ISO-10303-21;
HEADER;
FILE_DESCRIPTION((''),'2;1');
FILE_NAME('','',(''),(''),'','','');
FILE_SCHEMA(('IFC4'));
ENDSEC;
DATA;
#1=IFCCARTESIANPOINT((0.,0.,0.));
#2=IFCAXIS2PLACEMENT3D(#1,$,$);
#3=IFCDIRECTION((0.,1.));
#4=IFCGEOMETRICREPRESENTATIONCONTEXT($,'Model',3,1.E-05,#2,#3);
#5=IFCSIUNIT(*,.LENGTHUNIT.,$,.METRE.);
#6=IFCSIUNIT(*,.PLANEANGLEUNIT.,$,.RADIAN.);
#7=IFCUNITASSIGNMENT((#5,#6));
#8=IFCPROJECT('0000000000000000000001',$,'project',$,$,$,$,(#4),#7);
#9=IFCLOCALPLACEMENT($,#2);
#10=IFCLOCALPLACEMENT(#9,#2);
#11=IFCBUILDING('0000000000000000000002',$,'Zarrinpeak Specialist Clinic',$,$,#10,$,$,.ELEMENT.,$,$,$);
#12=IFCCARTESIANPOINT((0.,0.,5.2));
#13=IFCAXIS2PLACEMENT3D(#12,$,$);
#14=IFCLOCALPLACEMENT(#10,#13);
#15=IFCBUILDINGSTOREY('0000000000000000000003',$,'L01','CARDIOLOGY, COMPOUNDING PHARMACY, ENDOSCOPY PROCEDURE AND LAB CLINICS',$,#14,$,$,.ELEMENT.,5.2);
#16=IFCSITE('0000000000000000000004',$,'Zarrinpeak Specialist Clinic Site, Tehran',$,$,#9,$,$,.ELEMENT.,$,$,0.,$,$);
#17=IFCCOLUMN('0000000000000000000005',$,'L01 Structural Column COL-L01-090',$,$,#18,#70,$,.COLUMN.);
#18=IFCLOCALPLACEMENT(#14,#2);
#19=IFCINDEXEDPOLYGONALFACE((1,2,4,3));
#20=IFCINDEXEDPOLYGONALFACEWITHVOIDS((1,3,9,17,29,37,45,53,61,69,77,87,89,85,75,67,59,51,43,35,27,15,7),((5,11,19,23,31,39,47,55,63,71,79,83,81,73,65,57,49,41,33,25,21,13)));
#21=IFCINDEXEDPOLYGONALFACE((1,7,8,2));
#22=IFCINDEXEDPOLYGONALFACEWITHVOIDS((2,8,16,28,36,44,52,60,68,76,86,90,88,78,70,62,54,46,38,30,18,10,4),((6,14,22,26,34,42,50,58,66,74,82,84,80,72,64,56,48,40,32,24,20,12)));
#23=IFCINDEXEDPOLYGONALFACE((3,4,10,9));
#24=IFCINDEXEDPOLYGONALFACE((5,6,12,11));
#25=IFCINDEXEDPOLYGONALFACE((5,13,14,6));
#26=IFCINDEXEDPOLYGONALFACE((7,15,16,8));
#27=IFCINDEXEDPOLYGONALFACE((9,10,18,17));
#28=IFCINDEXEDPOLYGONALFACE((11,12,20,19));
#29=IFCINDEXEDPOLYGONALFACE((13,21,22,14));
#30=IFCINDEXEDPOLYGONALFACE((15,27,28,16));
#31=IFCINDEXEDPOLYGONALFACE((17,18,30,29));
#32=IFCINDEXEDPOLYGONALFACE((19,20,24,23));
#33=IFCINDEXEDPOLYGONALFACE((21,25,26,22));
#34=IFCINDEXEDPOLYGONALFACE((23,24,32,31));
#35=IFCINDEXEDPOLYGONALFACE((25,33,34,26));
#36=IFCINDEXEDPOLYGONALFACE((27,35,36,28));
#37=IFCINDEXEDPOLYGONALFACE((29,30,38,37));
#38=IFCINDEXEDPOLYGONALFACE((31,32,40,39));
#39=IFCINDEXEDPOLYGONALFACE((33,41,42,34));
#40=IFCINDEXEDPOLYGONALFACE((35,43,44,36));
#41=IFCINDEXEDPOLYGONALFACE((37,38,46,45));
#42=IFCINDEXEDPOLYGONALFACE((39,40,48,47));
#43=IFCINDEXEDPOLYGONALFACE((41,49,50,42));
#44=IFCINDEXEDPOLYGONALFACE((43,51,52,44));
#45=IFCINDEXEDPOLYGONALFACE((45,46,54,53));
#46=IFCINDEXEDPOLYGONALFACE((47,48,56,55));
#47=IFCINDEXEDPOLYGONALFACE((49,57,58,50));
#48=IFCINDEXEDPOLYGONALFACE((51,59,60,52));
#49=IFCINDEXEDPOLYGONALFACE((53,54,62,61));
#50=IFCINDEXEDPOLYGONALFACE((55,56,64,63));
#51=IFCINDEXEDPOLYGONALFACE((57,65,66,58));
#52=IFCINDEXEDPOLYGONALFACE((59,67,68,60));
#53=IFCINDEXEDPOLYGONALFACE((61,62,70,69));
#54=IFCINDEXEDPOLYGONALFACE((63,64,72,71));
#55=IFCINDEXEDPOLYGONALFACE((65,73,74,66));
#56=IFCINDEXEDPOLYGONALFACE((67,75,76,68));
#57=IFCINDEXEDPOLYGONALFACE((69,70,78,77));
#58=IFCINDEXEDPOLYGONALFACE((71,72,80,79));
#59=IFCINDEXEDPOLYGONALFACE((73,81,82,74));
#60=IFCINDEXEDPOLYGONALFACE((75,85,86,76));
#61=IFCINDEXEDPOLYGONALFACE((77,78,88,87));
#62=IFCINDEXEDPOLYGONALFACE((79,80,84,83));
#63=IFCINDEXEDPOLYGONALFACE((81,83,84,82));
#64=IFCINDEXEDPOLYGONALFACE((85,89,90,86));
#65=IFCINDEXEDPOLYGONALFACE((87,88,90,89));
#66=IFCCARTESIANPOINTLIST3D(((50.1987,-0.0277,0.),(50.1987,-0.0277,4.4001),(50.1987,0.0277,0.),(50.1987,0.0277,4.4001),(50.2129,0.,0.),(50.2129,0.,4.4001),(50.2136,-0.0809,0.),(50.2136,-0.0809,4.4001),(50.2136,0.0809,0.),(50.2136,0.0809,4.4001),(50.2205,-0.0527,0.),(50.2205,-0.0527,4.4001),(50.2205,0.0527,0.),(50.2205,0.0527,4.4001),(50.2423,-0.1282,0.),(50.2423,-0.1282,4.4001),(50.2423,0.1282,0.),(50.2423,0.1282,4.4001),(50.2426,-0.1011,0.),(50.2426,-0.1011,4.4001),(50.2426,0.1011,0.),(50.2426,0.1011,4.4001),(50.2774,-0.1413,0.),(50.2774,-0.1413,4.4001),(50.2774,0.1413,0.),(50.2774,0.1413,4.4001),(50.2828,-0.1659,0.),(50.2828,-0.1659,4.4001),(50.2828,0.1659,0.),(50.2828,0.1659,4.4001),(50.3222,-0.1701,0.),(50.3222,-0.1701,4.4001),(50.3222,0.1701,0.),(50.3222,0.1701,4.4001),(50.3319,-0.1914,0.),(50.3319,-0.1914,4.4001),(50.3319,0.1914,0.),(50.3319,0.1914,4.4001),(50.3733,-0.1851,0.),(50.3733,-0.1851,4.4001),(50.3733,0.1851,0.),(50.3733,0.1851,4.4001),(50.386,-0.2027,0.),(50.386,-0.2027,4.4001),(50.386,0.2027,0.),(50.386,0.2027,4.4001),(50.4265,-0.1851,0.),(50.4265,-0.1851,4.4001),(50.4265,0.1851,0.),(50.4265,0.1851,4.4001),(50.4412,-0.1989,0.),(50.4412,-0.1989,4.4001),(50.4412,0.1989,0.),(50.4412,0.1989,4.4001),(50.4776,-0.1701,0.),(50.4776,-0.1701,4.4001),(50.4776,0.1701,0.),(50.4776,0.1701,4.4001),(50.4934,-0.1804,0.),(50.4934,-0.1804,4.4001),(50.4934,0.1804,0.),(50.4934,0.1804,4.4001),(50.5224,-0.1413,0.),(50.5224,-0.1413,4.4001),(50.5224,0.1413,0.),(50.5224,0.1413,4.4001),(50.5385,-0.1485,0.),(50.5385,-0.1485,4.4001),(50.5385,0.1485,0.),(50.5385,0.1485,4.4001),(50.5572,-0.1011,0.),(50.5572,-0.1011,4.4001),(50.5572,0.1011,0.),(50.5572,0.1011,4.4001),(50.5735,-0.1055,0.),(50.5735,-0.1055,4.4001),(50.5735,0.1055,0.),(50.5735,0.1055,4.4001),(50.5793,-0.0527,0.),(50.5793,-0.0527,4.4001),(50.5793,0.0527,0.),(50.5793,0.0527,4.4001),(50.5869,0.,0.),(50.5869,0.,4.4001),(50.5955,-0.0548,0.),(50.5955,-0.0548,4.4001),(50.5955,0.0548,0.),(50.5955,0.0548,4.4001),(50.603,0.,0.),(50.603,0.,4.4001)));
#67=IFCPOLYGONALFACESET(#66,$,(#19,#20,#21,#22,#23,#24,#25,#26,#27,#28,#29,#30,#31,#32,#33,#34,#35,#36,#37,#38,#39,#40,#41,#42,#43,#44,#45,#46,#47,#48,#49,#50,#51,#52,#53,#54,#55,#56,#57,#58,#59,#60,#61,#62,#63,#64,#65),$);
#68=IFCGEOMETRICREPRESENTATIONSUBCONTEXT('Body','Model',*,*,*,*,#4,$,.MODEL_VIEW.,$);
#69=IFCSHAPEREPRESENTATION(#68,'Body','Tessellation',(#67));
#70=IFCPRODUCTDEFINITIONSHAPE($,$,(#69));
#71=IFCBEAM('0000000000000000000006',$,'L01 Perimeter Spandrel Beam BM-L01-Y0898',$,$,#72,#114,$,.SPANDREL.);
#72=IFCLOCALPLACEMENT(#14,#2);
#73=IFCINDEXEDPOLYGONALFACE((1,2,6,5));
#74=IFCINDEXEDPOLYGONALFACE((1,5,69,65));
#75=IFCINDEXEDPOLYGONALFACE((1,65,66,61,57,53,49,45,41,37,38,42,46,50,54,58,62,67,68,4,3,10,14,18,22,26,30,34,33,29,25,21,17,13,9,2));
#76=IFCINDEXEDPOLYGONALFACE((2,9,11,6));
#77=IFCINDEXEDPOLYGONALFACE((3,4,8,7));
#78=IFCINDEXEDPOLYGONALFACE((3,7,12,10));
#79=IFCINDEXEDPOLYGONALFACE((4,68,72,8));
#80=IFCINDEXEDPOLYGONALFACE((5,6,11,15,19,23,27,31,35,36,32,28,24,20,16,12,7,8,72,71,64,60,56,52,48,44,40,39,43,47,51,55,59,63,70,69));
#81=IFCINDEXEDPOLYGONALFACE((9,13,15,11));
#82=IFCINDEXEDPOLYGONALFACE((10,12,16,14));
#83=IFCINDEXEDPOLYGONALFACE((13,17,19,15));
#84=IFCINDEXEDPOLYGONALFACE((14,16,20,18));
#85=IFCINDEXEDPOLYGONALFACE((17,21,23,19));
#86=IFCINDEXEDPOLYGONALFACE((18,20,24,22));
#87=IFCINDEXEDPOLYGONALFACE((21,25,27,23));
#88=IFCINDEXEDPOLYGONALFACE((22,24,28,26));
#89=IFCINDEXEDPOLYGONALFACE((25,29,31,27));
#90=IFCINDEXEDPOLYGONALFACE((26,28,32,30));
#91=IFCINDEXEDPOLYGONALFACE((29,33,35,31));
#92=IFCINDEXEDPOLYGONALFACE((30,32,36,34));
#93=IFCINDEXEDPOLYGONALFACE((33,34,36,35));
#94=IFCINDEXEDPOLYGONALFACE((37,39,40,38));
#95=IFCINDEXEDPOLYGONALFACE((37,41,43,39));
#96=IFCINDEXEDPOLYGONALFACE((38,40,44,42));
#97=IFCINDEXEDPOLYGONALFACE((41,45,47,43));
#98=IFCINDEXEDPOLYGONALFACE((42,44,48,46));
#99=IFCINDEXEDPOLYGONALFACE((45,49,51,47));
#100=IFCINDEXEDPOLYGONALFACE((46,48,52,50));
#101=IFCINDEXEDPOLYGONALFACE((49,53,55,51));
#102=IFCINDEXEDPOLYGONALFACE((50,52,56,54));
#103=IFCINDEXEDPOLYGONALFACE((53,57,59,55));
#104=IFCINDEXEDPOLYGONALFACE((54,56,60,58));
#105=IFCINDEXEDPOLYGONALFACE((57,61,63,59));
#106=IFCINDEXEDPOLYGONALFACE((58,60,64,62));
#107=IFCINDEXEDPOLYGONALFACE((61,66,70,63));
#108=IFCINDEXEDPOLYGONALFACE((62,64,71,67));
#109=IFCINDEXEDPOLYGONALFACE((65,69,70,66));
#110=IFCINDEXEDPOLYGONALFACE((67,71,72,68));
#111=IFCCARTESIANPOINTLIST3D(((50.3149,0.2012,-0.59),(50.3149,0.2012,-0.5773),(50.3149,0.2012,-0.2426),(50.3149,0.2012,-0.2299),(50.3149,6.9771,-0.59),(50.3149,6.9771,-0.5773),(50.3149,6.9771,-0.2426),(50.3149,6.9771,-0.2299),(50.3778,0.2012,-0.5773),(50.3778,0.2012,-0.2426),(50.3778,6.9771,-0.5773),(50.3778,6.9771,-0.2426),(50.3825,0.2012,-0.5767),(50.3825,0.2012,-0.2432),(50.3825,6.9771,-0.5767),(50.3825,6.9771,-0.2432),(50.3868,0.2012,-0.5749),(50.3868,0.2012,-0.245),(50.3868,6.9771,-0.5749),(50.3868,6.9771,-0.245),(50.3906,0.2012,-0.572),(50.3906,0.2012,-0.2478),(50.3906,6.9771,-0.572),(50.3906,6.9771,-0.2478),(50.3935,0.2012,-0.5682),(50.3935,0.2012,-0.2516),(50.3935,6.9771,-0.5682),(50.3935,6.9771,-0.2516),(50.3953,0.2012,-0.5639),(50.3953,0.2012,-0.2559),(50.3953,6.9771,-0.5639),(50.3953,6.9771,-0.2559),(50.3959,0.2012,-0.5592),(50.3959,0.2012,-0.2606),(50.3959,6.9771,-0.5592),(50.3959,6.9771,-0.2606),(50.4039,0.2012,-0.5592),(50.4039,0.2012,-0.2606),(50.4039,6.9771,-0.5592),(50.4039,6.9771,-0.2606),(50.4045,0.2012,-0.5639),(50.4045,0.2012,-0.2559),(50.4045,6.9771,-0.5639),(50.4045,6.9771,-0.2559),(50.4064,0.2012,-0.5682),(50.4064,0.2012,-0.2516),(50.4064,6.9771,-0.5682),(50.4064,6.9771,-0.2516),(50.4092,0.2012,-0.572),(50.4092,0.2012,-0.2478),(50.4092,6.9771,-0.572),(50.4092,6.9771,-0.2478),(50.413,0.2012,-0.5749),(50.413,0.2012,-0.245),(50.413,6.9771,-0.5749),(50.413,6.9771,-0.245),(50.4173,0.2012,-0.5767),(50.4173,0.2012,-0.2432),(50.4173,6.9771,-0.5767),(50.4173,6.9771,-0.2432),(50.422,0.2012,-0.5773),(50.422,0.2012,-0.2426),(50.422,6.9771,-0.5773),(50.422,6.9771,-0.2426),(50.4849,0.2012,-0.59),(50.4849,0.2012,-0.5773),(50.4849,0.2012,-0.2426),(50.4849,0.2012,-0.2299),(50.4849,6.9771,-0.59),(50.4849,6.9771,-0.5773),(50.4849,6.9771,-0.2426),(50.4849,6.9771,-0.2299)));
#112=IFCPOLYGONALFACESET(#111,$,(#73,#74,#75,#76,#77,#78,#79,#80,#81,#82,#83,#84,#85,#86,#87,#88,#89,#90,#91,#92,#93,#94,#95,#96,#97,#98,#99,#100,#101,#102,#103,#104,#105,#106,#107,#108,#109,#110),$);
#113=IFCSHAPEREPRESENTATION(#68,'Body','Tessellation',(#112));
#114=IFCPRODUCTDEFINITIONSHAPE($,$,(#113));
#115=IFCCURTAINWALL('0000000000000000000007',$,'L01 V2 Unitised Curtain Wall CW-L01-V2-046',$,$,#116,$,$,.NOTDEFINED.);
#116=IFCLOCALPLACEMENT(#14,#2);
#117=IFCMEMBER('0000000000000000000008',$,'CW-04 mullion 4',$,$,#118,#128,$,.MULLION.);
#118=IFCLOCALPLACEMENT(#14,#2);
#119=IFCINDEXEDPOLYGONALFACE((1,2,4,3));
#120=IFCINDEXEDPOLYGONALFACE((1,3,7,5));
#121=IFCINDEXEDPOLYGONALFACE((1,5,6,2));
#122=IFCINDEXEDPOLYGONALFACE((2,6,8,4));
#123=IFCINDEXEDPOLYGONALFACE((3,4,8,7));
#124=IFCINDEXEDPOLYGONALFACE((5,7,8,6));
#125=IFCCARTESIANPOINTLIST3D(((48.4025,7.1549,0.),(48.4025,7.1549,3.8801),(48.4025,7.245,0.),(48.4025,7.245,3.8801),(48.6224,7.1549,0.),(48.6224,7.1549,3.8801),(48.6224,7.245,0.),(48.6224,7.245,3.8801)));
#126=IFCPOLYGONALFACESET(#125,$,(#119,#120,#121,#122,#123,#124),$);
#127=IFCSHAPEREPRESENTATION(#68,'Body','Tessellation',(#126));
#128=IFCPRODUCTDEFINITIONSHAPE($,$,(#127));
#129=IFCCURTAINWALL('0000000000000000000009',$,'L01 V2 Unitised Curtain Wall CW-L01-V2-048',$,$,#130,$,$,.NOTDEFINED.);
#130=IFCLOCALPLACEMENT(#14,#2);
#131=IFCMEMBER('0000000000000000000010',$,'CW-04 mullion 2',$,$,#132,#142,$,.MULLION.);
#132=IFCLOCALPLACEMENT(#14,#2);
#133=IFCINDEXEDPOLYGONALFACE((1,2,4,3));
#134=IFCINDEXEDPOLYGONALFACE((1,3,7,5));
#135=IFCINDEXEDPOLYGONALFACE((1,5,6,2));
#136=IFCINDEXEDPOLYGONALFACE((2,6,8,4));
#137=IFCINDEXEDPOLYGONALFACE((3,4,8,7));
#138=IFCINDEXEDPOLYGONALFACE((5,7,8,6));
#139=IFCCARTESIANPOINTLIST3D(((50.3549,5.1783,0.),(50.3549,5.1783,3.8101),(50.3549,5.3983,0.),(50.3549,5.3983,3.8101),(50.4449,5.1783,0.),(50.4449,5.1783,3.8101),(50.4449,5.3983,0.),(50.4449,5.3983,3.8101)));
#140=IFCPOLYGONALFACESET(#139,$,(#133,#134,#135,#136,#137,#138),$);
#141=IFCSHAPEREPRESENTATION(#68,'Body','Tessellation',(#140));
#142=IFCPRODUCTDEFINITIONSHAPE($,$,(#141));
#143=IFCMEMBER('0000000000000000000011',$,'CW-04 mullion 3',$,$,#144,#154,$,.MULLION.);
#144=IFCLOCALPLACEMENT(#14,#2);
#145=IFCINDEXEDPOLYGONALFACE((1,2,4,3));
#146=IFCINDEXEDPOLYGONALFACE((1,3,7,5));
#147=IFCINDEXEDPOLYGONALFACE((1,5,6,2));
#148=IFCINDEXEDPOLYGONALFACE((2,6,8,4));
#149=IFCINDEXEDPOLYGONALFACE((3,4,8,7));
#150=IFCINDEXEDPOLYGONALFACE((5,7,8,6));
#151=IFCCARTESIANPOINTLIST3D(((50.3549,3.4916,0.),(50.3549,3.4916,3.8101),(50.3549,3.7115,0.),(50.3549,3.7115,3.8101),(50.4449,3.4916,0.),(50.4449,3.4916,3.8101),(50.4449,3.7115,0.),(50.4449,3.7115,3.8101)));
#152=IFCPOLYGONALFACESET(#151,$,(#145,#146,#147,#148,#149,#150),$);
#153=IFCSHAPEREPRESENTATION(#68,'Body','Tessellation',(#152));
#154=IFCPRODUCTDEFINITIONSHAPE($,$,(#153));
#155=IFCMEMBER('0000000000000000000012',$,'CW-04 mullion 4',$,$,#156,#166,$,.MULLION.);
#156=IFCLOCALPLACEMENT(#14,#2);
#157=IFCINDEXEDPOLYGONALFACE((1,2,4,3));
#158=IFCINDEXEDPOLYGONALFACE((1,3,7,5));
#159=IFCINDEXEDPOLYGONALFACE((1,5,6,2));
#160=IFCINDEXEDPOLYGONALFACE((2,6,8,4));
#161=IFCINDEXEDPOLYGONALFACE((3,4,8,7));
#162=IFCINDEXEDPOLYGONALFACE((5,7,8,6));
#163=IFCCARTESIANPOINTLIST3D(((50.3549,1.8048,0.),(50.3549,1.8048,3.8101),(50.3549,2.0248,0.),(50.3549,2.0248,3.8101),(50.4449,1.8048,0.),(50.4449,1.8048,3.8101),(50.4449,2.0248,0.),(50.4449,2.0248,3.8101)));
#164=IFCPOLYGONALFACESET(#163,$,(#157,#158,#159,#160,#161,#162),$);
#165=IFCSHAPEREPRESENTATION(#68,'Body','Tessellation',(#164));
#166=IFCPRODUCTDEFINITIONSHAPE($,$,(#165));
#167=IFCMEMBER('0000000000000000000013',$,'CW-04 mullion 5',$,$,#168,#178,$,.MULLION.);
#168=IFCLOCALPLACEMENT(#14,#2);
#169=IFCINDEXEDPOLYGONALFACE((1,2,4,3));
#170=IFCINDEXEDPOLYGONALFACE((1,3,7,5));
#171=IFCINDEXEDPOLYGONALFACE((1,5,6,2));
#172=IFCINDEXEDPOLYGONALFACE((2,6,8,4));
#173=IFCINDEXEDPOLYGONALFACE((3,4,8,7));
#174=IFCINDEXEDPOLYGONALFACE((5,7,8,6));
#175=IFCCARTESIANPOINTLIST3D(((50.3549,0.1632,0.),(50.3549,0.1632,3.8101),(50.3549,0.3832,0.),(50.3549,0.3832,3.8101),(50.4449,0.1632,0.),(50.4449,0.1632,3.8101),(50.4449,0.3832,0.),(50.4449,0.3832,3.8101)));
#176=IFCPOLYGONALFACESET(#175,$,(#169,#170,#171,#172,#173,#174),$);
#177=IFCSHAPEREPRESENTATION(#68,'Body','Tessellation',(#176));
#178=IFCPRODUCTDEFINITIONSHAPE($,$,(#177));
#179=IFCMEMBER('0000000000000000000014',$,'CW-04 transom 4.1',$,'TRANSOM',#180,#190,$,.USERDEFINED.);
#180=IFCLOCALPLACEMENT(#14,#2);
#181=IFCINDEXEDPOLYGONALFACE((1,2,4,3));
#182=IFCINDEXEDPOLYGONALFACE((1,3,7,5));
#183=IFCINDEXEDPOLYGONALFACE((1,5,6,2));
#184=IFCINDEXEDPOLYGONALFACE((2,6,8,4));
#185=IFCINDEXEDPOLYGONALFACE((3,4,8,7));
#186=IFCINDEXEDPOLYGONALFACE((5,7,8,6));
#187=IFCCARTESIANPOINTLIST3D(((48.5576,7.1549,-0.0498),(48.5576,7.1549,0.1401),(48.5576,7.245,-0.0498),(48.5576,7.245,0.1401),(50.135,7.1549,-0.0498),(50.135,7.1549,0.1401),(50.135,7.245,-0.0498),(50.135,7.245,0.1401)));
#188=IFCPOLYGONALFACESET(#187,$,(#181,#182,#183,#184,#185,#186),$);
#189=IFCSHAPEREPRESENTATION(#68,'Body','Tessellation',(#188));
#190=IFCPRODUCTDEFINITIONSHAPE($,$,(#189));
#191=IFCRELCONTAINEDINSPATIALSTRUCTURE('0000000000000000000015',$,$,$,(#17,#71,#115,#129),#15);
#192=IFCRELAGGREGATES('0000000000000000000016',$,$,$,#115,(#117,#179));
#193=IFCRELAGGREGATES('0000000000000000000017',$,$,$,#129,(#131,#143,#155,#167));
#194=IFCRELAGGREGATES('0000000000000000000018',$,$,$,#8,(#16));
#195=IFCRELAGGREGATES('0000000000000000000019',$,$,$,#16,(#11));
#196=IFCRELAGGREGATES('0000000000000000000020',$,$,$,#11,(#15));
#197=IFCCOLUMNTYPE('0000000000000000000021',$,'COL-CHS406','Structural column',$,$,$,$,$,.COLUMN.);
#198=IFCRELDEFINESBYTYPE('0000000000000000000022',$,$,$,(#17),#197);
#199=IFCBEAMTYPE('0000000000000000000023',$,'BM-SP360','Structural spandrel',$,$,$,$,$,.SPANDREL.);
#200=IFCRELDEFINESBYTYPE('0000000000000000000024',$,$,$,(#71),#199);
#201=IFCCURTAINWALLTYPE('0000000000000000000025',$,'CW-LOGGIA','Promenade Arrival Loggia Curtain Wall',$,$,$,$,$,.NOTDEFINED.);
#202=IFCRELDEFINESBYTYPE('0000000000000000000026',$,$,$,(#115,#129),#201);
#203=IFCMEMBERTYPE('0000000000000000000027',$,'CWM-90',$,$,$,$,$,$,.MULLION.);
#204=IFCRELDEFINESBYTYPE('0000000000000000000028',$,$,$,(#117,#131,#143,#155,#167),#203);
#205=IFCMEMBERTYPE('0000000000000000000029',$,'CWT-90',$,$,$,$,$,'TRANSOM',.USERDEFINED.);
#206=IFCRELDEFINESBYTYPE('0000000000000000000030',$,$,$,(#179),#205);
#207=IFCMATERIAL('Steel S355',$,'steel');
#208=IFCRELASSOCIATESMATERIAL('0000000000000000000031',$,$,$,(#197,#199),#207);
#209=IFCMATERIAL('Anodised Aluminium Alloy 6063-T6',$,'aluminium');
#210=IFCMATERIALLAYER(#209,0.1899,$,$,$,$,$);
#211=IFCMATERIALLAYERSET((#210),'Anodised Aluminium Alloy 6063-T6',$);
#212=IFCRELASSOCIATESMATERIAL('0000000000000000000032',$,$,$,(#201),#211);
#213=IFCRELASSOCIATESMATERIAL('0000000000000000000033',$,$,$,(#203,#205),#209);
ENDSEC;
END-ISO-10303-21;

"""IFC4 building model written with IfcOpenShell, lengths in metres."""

from ifc_helpers import new_model, si_unit, direction, frame, origin, origin_2d, place, context, subcontext, project, spatial, rectangle, hollow_circle, i_section, extrude, material, layer, layer_set, material_profile, profile_set, type_object, element, aggregate, save


model = new_model("IFC4")

# Units and contexts
model_context = context("Model", 3, precision=1e-05, world=origin(), true_north=direction((0.0, 1.0)))
body_context = subcontext(model_context, "Body", "Model", "MODEL_VIEW")
ifc_project = project(units=[si_unit("LENGTHUNIT", "METRE"), si_unit("PLANEANGLEUNIT", "RADIAN")], contexts=[model_context])

# Site, building, storey
site_placement = place(None, origin())
site = spatial("IfcSite", under=ifc_project, at=site_placement, Name="Zarrinpeak Specialist Clinic Site, Tehran", CompositionType="ELEMENT", RefElevation=0.0)
building_placement = place(site_placement, origin())
building = spatial("IfcBuilding", under=site, at=building_placement, Name="Zarrinpeak Specialist Clinic", CompositionType="ELEMENT")
storey_placement = place(building_placement, frame((0.0, 0.0, 5.2)))
storey = spatial("IfcBuildingStorey", under=building, at=storey_placement, Name="L01", Description="CARDIOLOGY, COMPOUNDING PHARMACY, ENDOSCOPY PROCEDURE AND LAB CLINICS", CompositionType="ELEMENT", Elevation=5.2)

# Column
ifc_material_1 = material(Name="Steel S355", Category="steel")
ifc_material_profile_1 = material_profile(ifc_material_1, hollow_circle(Radius=0.2031, WallThickness=0.0161, at=origin_2d()), Name="CHS 406.4x16.0")
ifc_profile_set_1 = profile_set([ifc_material_profile_1], Name="Steel S355")
column_type = type_object("IfcColumnType", Name="COL-CHS406", Description="Structural column", PredefinedType="COLUMN", material=ifc_profile_set_1)
column_placement = place(storey_placement, frame((50.3999, 0.0, 0.0), z_axis=(0.0, 0.0, 1.0), x_axis=(1.0, 0.0, 0.0)))
element("IfcColumn", 1, at=column_placement, inside=storey, type_object=column_type, Name="L01 Structural Column COL-L01-090", PredefinedType="COLUMN", context=body_context, shape_type="SweptSolid", body=[
    extrude(hollow_circle(Radius=0.2031, WallThickness=0.0161, at=origin_2d()), origin(), (0.0, 0.0, 1.0), 4.4001),
])

# Beam
ifc_material_profile_2 = material_profile(ifc_material_1, i_section(OverallWidth=0.1699, OverallDepth=0.3601, WebThickness=0.0081, FlangeThickness=0.0127, FilletRadius=0.0181, at=origin_2d()), Name="IPE 360")
ifc_profile_set_2 = profile_set([ifc_material_profile_2], Name="Steel S355")
beam_type = type_object("IfcBeamType", Name="BM-SP360", Description="Structural spandrel", PredefinedType="SPANDREL", material=ifc_profile_set_2)
beam_placement = place(storey_placement, frame((50.3999, 0.2012, -0.4099), z_axis=(0.0, 1.0, 0.0), x_axis=(-1.0, 0.0, 0.0)))
element("IfcBeam", 2, at=beam_placement, inside=storey, type_object=beam_type, Name="L01 Perimeter Spandrel Beam BM-L01-Y0898", PredefinedType="SPANDREL", context=body_context, shape_type="SweptSolid", body=[
    extrude(i_section(OverallWidth=0.1699, OverallDepth=0.3601, WebThickness=0.0081, FlangeThickness=0.0127, FilletRadius=0.0181, at=origin_2d()), origin(), (0.0, 0.0, 1.0), 6.7759),
])

# Curtain wall, member
ifc_material_2 = material(Name="Anodised Aluminium Alloy 6063-T6", Category="aluminium")
ifc_layer_1 = layer(ifc_material_2, 0.1899)
ifc_layer_set_1 = layer_set([ifc_layer_1], Name="Anodised Aluminium Alloy 6063-T6")
curtain_wall_type = type_object("IfcCurtainWallType", Name="CW-LOGGIA", Description="Promenade Arrival Loggia Curtain Wall", PredefinedType="NOTDEFINED", material=ifc_layer_set_1)
curtain_wall_1_placement = place(storey_placement, origin())
curtain_wall_1 = element("IfcCurtainWall", 3, at=curtain_wall_1_placement, inside=storey, type_object=curtain_wall_type, Name="L01 V2 Unitised Curtain Wall CW-L01-V2-046", PredefinedType="NOTDEFINED")
ifc_material_profile_3 = material_profile(ifc_material_2, rectangle(XDim=0.0901, YDim=0.22, at=origin_2d()), Name="ALU 90x220")
ifc_profile_set_3 = profile_set([ifc_material_profile_3], Name="Anodised Aluminium Alloy 6063-T6")
member_type_1 = type_object("IfcMemberType", Name="CWM-90", PredefinedType="MULLION", material=ifc_profile_set_3)
member_1_placement = place(storey_placement, frame((48.5125, 7.2, 0.0), z_axis=(0.0, 0.0, 1.0), x_axis=(0.0, 1.0, 0.0)))
member_1 = element("IfcMember", 4, at=member_1_placement, type_object=member_type_1, Name="CW-04 mullion 4", PredefinedType="MULLION", context=body_context, shape_type="SweptSolid", body=[
    extrude(rectangle(XDim=0.0901, YDim=0.22, at=origin_2d()), origin(), (0.0, 0.0, 1.0), 3.8801),
])

# Curtain wall, members
curtain_wall_2_placement = place(storey_placement, origin())
curtain_wall_2 = element("IfcCurtainWall", 5, at=curtain_wall_2_placement, inside=storey, type_object=curtain_wall_type, Name="L01 V2 Unitised Curtain Wall CW-L01-V2-048", PredefinedType="NOTDEFINED")
member_2_placement = place(storey_placement, frame((50.3999, 5.2883, 0.0), z_axis=(0.0, 0.0, 1.0), x_axis=(1.0, 0.0, 0.0)))
member_2 = element("IfcMember", 6, at=member_2_placement, type_object=member_type_1, Name="CW-04 mullion 2", PredefinedType="MULLION", context=body_context, shape_type="SweptSolid", body=[
    extrude(rectangle(XDim=0.0901, YDim=0.22, at=origin_2d()), origin(), (0.0, 0.0, 1.0), 3.8101),
])
member_3_placement = place(storey_placement, frame((50.3999, 3.6016, 0.0), z_axis=(0.0, 0.0, 1.0), x_axis=(1.0, 0.0, 0.0)))
member_3 = element("IfcMember", 7, at=member_3_placement, type_object=member_type_1, Name="CW-04 mullion 3", PredefinedType="MULLION", context=body_context, shape_type="SweptSolid", body=[
    extrude(rectangle(XDim=0.0901, YDim=0.22, at=origin_2d()), origin(), (0.0, 0.0, 1.0), 3.8101),
])
member_4_placement = place(storey_placement, frame((50.3999, 1.9148, 0.0), z_axis=(0.0, 0.0, 1.0), x_axis=(1.0, 0.0, 0.0)))
member_4 = element("IfcMember", 8, at=member_4_placement, type_object=member_type_1, Name="CW-04 mullion 4", PredefinedType="MULLION", context=body_context, shape_type="SweptSolid", body=[
    extrude(rectangle(XDim=0.0901, YDim=0.22, at=origin_2d()), origin(), (0.0, 0.0, 1.0), 3.8101),
])
member_5_placement = place(storey_placement, frame((50.3999, 0.2732, 0.0), z_axis=(0.0, 0.0, 1.0), x_axis=(1.0, 0.0, 0.0)))
member_5 = element("IfcMember", 9, at=member_5_placement, type_object=member_type_1, Name="CW-04 mullion 5", PredefinedType="MULLION", context=body_context, shape_type="SweptSolid", body=[
    extrude(rectangle(XDim=0.0901, YDim=0.22, at=origin_2d()), origin(), (0.0, 0.0, 1.0), 3.8101),
])

# Member
ifc_material_profile_4 = material_profile(ifc_material_2, rectangle(XDim=0.0901, YDim=0.1899, at=origin_2d()), Name="ALU 90x190")
ifc_profile_set_4 = profile_set([ifc_material_profile_4], Name="Anodised Aluminium Alloy 6063-T6")
member_type_2 = type_object("IfcMemberType", Name="CWT-90", ElementType="TRANSOM", PredefinedType="USERDEFINED", material=ifc_profile_set_4)
member_6_placement = place(storey_placement, frame((48.5576, 7.2, 0.0452), z_axis=(1.0, 0.0, 0.0), x_axis=(0.0, 1.0, 0.0)))
member_6 = element("IfcMember", 10, at=member_6_placement, type_object=member_type_2, Name="CW-04 transom 4.1", ObjectType="TRANSOM", PredefinedType="USERDEFINED", context=body_context, shape_type="SweptSolid", body=[
    extrude(rectangle(XDim=0.0901, YDim=0.1899, at=origin_2d()), origin(), (0.0, 0.0, 1.0), 1.5774),
])
aggregate(curtain_wall_1, [member_1, member_6])

aggregate(curtain_wall_2, [member_2, member_3, member_4, member_5])

save(model, "model.ifc")
